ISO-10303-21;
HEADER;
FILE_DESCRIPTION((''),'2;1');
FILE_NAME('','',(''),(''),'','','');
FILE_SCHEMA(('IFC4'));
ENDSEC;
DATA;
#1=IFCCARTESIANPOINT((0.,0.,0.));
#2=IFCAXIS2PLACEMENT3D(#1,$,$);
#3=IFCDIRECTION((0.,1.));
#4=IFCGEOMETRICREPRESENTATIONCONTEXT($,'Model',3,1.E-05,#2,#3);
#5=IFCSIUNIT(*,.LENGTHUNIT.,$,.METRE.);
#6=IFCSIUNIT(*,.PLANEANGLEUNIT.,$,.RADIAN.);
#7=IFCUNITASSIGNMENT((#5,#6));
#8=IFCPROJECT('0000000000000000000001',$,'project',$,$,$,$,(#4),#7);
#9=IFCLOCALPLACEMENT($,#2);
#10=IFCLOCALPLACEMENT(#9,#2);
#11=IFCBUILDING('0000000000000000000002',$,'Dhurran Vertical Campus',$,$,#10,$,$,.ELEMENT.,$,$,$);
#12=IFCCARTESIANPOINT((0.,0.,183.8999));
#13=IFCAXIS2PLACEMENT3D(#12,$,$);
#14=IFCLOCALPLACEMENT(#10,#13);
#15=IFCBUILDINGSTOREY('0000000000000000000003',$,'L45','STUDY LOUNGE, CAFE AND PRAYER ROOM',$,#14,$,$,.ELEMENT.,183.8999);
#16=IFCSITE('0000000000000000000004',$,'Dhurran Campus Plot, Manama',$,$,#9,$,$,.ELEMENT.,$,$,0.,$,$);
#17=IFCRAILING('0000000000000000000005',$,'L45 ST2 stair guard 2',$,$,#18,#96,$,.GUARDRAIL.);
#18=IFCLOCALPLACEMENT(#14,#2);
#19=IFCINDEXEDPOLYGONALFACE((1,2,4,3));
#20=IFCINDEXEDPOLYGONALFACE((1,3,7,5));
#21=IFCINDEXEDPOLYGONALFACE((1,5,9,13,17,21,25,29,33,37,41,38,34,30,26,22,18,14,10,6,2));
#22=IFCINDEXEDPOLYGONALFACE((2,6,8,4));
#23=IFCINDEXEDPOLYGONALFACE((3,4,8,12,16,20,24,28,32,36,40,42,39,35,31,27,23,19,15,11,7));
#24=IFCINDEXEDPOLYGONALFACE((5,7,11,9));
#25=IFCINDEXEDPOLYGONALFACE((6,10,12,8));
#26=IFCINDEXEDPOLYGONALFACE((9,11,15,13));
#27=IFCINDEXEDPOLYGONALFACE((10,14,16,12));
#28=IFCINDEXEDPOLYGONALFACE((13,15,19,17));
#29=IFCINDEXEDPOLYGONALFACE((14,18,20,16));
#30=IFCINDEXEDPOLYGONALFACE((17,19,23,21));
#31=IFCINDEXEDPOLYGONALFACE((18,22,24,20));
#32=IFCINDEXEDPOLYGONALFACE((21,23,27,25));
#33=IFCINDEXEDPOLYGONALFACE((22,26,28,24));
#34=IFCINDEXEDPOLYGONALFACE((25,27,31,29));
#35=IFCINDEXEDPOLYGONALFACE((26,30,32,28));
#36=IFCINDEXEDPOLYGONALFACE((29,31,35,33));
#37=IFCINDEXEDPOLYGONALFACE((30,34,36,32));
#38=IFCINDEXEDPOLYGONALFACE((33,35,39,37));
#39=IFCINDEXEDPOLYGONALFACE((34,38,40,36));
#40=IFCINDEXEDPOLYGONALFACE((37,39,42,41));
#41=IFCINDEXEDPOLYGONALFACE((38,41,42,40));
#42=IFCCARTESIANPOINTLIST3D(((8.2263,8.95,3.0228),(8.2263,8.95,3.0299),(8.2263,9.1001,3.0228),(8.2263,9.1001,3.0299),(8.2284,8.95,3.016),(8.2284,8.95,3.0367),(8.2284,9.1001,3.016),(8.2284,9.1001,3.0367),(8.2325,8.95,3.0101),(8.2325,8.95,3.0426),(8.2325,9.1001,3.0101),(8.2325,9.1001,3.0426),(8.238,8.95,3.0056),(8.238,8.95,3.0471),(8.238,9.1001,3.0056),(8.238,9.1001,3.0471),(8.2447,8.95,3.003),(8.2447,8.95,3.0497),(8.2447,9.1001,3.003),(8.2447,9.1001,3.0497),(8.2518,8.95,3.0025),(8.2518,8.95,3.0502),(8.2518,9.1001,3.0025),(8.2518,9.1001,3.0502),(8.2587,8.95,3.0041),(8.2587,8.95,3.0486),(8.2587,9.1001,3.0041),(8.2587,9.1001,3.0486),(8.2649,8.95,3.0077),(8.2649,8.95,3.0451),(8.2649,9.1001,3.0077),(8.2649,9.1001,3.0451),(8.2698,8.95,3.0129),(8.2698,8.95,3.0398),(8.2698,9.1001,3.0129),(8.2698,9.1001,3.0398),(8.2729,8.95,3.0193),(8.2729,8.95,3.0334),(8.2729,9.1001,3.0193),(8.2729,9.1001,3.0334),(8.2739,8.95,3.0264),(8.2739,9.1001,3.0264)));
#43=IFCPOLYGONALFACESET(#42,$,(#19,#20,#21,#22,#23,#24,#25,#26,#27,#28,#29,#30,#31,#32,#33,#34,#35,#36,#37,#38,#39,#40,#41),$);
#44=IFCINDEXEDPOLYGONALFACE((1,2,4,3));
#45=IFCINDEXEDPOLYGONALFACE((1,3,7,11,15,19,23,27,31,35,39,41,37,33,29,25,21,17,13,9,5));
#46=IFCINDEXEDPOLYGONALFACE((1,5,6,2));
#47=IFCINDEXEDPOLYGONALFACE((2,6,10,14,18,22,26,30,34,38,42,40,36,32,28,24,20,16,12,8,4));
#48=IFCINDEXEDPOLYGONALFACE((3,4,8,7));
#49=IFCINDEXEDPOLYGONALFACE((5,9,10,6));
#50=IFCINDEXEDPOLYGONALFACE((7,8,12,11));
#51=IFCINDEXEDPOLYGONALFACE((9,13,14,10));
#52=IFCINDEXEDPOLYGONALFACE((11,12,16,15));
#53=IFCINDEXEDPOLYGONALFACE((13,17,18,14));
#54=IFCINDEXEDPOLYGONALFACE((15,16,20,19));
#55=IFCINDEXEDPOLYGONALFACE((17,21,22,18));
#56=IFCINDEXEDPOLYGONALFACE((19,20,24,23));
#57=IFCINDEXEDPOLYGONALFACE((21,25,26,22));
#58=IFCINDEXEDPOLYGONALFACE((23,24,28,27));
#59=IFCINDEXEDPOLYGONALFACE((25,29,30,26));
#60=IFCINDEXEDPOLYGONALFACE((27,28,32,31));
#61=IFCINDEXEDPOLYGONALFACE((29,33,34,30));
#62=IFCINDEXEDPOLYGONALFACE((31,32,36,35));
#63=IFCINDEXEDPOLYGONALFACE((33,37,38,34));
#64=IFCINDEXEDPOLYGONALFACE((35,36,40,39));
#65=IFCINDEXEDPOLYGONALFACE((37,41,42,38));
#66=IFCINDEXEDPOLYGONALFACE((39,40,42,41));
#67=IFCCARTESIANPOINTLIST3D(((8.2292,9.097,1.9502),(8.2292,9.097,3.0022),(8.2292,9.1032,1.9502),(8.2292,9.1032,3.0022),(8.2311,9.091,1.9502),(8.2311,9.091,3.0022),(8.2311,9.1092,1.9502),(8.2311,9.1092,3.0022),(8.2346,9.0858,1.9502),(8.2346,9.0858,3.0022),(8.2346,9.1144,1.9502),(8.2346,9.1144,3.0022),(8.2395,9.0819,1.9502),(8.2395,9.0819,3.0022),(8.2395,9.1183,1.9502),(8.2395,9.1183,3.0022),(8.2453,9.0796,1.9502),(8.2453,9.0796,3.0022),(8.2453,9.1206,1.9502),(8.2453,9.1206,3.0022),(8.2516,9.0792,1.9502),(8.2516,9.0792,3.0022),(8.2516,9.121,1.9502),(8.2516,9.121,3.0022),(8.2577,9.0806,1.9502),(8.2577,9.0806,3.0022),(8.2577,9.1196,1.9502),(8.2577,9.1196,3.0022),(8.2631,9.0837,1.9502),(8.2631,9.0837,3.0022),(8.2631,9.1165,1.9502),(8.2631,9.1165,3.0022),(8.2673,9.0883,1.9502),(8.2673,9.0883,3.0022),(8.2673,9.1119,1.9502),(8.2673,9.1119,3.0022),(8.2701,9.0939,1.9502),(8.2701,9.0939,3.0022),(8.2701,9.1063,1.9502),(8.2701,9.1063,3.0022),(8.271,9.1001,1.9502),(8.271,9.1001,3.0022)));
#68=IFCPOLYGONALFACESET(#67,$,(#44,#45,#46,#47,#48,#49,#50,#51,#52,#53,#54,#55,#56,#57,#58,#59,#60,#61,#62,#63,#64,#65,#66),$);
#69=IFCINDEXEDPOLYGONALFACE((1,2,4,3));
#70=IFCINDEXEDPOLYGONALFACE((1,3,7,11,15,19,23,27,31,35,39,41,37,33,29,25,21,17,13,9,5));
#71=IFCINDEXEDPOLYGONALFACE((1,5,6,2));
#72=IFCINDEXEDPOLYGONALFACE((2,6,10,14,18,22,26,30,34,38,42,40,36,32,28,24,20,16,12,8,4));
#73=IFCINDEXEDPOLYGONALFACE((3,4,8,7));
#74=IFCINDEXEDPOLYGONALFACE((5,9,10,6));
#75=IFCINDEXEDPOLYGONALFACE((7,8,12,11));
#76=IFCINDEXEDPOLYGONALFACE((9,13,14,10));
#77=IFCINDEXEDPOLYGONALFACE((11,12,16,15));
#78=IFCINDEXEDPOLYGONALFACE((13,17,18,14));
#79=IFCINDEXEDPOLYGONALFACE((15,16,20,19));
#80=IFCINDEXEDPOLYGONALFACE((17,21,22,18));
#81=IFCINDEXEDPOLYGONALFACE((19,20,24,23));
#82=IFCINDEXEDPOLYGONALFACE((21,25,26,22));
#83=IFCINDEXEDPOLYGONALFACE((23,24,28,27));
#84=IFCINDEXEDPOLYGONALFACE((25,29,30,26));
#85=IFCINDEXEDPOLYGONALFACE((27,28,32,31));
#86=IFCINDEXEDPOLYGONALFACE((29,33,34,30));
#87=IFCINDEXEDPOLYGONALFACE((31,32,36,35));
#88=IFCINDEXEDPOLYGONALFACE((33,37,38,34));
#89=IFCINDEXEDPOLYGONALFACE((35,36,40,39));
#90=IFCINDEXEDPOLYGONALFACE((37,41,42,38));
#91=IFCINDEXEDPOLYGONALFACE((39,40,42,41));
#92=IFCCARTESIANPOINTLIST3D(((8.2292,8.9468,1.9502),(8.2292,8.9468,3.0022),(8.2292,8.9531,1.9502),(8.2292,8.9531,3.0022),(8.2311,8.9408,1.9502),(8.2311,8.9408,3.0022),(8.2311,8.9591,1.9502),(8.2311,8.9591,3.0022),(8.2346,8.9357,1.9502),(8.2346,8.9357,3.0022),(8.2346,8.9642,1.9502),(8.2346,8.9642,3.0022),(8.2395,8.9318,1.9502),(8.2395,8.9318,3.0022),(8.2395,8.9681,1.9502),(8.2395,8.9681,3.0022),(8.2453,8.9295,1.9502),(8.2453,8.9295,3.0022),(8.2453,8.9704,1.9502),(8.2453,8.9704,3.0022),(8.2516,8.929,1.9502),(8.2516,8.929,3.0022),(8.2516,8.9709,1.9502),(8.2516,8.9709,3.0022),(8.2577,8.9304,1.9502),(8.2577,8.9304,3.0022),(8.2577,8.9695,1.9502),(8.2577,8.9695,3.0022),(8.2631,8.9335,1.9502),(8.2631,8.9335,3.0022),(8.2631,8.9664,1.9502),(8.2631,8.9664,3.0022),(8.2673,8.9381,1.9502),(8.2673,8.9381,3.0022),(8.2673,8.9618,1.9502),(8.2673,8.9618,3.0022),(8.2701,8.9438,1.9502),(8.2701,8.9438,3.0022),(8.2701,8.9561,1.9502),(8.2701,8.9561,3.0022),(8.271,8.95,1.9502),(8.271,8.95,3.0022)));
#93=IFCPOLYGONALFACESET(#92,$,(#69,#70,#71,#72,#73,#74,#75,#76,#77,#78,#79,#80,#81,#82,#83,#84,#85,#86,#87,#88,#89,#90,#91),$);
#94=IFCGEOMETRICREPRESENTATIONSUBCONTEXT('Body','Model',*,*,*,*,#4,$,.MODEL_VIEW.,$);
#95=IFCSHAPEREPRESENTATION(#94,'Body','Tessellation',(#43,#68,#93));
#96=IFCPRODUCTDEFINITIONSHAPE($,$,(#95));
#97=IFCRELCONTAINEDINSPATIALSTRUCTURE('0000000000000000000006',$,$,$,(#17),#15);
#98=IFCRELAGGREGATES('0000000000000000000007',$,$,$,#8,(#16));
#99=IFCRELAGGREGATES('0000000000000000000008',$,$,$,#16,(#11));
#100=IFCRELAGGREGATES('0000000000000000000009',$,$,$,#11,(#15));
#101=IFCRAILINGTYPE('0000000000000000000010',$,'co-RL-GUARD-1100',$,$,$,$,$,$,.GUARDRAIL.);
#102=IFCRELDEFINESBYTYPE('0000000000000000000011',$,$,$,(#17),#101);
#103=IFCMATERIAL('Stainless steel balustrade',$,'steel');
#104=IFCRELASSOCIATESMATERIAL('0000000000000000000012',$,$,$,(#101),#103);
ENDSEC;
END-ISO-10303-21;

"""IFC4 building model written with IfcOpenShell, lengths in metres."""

from ifc_helpers import new_model, si_unit, direction, frame, origin, origin_2d, place, context, subcontext, project, spatial, circle, extrude, material, type_object, element, save


model = new_model("IFC4")

# Units and contexts
model_context = context("Model", 3, precision=1e-05, world=origin(), true_north=direction((0.0, 1.0)))
body_context = subcontext(model_context, "Body", "Model", "MODEL_VIEW")
ifc_project = project(units=[si_unit("LENGTHUNIT", "METRE"), si_unit("PLANEANGLEUNIT", "RADIAN")], contexts=[model_context])

# Site, building, storey
site_placement = place(None, origin())
site = spatial("IfcSite", under=ifc_project, at=site_placement, Name="Dhurran Campus Plot, Manama", CompositionType="ELEMENT", RefElevation=0.0)
building_placement = place(site_placement, origin())
building = spatial("IfcBuilding", under=site, at=building_placement, Name="Dhurran Vertical Campus", CompositionType="ELEMENT")
storey_placement = place(building_placement, frame((0.0, 0.0, 183.8999)))
storey = spatial("IfcBuildingStorey", under=building, at=storey_placement, Name="L45", Description="STUDY LOUNGE, CAFE AND PRAYER ROOM", CompositionType="ELEMENT", Elevation=183.8999)

# Railing
ifc_material_1 = material(Name="Stainless steel balustrade", Category="steel")
railing_type_1 = type_object("IfcRailingType", Name="co-RL-GUARD-1100", PredefinedType="GUARDRAIL", material=ifc_material_1)
railing_1_placement = place(storey_placement, frame((8.25, 9.1001, 1.9502)))
element("IfcRailing", 1, at=railing_1_placement, inside=storey, type_object=railing_type_1, Name="L45 ST2 stair guard 2", PredefinedType="GUARDRAIL", context=body_context, shape_type="SweptSolid", body=[
    extrude(circle(Radius=0.0239, at=origin_2d()), frame((0.0, 0.0, 1.0762), z_axis=(0.0, -1.0, 0.0), x_axis=(1.0, 0.0, 0.0)), (0.0, 0.0, 1.0), 0.1501),
    extrude(circle(Radius=0.021, at=origin_2d()), origin(), (0.0, 0.0, 1.0), 1.052),
    extrude(circle(Radius=0.021, at=origin_2d()), frame((0.0, -0.1501, 0.0)), (0.0, 0.0, 1.0), 1.052),
])

save(model, "model.ifc")
